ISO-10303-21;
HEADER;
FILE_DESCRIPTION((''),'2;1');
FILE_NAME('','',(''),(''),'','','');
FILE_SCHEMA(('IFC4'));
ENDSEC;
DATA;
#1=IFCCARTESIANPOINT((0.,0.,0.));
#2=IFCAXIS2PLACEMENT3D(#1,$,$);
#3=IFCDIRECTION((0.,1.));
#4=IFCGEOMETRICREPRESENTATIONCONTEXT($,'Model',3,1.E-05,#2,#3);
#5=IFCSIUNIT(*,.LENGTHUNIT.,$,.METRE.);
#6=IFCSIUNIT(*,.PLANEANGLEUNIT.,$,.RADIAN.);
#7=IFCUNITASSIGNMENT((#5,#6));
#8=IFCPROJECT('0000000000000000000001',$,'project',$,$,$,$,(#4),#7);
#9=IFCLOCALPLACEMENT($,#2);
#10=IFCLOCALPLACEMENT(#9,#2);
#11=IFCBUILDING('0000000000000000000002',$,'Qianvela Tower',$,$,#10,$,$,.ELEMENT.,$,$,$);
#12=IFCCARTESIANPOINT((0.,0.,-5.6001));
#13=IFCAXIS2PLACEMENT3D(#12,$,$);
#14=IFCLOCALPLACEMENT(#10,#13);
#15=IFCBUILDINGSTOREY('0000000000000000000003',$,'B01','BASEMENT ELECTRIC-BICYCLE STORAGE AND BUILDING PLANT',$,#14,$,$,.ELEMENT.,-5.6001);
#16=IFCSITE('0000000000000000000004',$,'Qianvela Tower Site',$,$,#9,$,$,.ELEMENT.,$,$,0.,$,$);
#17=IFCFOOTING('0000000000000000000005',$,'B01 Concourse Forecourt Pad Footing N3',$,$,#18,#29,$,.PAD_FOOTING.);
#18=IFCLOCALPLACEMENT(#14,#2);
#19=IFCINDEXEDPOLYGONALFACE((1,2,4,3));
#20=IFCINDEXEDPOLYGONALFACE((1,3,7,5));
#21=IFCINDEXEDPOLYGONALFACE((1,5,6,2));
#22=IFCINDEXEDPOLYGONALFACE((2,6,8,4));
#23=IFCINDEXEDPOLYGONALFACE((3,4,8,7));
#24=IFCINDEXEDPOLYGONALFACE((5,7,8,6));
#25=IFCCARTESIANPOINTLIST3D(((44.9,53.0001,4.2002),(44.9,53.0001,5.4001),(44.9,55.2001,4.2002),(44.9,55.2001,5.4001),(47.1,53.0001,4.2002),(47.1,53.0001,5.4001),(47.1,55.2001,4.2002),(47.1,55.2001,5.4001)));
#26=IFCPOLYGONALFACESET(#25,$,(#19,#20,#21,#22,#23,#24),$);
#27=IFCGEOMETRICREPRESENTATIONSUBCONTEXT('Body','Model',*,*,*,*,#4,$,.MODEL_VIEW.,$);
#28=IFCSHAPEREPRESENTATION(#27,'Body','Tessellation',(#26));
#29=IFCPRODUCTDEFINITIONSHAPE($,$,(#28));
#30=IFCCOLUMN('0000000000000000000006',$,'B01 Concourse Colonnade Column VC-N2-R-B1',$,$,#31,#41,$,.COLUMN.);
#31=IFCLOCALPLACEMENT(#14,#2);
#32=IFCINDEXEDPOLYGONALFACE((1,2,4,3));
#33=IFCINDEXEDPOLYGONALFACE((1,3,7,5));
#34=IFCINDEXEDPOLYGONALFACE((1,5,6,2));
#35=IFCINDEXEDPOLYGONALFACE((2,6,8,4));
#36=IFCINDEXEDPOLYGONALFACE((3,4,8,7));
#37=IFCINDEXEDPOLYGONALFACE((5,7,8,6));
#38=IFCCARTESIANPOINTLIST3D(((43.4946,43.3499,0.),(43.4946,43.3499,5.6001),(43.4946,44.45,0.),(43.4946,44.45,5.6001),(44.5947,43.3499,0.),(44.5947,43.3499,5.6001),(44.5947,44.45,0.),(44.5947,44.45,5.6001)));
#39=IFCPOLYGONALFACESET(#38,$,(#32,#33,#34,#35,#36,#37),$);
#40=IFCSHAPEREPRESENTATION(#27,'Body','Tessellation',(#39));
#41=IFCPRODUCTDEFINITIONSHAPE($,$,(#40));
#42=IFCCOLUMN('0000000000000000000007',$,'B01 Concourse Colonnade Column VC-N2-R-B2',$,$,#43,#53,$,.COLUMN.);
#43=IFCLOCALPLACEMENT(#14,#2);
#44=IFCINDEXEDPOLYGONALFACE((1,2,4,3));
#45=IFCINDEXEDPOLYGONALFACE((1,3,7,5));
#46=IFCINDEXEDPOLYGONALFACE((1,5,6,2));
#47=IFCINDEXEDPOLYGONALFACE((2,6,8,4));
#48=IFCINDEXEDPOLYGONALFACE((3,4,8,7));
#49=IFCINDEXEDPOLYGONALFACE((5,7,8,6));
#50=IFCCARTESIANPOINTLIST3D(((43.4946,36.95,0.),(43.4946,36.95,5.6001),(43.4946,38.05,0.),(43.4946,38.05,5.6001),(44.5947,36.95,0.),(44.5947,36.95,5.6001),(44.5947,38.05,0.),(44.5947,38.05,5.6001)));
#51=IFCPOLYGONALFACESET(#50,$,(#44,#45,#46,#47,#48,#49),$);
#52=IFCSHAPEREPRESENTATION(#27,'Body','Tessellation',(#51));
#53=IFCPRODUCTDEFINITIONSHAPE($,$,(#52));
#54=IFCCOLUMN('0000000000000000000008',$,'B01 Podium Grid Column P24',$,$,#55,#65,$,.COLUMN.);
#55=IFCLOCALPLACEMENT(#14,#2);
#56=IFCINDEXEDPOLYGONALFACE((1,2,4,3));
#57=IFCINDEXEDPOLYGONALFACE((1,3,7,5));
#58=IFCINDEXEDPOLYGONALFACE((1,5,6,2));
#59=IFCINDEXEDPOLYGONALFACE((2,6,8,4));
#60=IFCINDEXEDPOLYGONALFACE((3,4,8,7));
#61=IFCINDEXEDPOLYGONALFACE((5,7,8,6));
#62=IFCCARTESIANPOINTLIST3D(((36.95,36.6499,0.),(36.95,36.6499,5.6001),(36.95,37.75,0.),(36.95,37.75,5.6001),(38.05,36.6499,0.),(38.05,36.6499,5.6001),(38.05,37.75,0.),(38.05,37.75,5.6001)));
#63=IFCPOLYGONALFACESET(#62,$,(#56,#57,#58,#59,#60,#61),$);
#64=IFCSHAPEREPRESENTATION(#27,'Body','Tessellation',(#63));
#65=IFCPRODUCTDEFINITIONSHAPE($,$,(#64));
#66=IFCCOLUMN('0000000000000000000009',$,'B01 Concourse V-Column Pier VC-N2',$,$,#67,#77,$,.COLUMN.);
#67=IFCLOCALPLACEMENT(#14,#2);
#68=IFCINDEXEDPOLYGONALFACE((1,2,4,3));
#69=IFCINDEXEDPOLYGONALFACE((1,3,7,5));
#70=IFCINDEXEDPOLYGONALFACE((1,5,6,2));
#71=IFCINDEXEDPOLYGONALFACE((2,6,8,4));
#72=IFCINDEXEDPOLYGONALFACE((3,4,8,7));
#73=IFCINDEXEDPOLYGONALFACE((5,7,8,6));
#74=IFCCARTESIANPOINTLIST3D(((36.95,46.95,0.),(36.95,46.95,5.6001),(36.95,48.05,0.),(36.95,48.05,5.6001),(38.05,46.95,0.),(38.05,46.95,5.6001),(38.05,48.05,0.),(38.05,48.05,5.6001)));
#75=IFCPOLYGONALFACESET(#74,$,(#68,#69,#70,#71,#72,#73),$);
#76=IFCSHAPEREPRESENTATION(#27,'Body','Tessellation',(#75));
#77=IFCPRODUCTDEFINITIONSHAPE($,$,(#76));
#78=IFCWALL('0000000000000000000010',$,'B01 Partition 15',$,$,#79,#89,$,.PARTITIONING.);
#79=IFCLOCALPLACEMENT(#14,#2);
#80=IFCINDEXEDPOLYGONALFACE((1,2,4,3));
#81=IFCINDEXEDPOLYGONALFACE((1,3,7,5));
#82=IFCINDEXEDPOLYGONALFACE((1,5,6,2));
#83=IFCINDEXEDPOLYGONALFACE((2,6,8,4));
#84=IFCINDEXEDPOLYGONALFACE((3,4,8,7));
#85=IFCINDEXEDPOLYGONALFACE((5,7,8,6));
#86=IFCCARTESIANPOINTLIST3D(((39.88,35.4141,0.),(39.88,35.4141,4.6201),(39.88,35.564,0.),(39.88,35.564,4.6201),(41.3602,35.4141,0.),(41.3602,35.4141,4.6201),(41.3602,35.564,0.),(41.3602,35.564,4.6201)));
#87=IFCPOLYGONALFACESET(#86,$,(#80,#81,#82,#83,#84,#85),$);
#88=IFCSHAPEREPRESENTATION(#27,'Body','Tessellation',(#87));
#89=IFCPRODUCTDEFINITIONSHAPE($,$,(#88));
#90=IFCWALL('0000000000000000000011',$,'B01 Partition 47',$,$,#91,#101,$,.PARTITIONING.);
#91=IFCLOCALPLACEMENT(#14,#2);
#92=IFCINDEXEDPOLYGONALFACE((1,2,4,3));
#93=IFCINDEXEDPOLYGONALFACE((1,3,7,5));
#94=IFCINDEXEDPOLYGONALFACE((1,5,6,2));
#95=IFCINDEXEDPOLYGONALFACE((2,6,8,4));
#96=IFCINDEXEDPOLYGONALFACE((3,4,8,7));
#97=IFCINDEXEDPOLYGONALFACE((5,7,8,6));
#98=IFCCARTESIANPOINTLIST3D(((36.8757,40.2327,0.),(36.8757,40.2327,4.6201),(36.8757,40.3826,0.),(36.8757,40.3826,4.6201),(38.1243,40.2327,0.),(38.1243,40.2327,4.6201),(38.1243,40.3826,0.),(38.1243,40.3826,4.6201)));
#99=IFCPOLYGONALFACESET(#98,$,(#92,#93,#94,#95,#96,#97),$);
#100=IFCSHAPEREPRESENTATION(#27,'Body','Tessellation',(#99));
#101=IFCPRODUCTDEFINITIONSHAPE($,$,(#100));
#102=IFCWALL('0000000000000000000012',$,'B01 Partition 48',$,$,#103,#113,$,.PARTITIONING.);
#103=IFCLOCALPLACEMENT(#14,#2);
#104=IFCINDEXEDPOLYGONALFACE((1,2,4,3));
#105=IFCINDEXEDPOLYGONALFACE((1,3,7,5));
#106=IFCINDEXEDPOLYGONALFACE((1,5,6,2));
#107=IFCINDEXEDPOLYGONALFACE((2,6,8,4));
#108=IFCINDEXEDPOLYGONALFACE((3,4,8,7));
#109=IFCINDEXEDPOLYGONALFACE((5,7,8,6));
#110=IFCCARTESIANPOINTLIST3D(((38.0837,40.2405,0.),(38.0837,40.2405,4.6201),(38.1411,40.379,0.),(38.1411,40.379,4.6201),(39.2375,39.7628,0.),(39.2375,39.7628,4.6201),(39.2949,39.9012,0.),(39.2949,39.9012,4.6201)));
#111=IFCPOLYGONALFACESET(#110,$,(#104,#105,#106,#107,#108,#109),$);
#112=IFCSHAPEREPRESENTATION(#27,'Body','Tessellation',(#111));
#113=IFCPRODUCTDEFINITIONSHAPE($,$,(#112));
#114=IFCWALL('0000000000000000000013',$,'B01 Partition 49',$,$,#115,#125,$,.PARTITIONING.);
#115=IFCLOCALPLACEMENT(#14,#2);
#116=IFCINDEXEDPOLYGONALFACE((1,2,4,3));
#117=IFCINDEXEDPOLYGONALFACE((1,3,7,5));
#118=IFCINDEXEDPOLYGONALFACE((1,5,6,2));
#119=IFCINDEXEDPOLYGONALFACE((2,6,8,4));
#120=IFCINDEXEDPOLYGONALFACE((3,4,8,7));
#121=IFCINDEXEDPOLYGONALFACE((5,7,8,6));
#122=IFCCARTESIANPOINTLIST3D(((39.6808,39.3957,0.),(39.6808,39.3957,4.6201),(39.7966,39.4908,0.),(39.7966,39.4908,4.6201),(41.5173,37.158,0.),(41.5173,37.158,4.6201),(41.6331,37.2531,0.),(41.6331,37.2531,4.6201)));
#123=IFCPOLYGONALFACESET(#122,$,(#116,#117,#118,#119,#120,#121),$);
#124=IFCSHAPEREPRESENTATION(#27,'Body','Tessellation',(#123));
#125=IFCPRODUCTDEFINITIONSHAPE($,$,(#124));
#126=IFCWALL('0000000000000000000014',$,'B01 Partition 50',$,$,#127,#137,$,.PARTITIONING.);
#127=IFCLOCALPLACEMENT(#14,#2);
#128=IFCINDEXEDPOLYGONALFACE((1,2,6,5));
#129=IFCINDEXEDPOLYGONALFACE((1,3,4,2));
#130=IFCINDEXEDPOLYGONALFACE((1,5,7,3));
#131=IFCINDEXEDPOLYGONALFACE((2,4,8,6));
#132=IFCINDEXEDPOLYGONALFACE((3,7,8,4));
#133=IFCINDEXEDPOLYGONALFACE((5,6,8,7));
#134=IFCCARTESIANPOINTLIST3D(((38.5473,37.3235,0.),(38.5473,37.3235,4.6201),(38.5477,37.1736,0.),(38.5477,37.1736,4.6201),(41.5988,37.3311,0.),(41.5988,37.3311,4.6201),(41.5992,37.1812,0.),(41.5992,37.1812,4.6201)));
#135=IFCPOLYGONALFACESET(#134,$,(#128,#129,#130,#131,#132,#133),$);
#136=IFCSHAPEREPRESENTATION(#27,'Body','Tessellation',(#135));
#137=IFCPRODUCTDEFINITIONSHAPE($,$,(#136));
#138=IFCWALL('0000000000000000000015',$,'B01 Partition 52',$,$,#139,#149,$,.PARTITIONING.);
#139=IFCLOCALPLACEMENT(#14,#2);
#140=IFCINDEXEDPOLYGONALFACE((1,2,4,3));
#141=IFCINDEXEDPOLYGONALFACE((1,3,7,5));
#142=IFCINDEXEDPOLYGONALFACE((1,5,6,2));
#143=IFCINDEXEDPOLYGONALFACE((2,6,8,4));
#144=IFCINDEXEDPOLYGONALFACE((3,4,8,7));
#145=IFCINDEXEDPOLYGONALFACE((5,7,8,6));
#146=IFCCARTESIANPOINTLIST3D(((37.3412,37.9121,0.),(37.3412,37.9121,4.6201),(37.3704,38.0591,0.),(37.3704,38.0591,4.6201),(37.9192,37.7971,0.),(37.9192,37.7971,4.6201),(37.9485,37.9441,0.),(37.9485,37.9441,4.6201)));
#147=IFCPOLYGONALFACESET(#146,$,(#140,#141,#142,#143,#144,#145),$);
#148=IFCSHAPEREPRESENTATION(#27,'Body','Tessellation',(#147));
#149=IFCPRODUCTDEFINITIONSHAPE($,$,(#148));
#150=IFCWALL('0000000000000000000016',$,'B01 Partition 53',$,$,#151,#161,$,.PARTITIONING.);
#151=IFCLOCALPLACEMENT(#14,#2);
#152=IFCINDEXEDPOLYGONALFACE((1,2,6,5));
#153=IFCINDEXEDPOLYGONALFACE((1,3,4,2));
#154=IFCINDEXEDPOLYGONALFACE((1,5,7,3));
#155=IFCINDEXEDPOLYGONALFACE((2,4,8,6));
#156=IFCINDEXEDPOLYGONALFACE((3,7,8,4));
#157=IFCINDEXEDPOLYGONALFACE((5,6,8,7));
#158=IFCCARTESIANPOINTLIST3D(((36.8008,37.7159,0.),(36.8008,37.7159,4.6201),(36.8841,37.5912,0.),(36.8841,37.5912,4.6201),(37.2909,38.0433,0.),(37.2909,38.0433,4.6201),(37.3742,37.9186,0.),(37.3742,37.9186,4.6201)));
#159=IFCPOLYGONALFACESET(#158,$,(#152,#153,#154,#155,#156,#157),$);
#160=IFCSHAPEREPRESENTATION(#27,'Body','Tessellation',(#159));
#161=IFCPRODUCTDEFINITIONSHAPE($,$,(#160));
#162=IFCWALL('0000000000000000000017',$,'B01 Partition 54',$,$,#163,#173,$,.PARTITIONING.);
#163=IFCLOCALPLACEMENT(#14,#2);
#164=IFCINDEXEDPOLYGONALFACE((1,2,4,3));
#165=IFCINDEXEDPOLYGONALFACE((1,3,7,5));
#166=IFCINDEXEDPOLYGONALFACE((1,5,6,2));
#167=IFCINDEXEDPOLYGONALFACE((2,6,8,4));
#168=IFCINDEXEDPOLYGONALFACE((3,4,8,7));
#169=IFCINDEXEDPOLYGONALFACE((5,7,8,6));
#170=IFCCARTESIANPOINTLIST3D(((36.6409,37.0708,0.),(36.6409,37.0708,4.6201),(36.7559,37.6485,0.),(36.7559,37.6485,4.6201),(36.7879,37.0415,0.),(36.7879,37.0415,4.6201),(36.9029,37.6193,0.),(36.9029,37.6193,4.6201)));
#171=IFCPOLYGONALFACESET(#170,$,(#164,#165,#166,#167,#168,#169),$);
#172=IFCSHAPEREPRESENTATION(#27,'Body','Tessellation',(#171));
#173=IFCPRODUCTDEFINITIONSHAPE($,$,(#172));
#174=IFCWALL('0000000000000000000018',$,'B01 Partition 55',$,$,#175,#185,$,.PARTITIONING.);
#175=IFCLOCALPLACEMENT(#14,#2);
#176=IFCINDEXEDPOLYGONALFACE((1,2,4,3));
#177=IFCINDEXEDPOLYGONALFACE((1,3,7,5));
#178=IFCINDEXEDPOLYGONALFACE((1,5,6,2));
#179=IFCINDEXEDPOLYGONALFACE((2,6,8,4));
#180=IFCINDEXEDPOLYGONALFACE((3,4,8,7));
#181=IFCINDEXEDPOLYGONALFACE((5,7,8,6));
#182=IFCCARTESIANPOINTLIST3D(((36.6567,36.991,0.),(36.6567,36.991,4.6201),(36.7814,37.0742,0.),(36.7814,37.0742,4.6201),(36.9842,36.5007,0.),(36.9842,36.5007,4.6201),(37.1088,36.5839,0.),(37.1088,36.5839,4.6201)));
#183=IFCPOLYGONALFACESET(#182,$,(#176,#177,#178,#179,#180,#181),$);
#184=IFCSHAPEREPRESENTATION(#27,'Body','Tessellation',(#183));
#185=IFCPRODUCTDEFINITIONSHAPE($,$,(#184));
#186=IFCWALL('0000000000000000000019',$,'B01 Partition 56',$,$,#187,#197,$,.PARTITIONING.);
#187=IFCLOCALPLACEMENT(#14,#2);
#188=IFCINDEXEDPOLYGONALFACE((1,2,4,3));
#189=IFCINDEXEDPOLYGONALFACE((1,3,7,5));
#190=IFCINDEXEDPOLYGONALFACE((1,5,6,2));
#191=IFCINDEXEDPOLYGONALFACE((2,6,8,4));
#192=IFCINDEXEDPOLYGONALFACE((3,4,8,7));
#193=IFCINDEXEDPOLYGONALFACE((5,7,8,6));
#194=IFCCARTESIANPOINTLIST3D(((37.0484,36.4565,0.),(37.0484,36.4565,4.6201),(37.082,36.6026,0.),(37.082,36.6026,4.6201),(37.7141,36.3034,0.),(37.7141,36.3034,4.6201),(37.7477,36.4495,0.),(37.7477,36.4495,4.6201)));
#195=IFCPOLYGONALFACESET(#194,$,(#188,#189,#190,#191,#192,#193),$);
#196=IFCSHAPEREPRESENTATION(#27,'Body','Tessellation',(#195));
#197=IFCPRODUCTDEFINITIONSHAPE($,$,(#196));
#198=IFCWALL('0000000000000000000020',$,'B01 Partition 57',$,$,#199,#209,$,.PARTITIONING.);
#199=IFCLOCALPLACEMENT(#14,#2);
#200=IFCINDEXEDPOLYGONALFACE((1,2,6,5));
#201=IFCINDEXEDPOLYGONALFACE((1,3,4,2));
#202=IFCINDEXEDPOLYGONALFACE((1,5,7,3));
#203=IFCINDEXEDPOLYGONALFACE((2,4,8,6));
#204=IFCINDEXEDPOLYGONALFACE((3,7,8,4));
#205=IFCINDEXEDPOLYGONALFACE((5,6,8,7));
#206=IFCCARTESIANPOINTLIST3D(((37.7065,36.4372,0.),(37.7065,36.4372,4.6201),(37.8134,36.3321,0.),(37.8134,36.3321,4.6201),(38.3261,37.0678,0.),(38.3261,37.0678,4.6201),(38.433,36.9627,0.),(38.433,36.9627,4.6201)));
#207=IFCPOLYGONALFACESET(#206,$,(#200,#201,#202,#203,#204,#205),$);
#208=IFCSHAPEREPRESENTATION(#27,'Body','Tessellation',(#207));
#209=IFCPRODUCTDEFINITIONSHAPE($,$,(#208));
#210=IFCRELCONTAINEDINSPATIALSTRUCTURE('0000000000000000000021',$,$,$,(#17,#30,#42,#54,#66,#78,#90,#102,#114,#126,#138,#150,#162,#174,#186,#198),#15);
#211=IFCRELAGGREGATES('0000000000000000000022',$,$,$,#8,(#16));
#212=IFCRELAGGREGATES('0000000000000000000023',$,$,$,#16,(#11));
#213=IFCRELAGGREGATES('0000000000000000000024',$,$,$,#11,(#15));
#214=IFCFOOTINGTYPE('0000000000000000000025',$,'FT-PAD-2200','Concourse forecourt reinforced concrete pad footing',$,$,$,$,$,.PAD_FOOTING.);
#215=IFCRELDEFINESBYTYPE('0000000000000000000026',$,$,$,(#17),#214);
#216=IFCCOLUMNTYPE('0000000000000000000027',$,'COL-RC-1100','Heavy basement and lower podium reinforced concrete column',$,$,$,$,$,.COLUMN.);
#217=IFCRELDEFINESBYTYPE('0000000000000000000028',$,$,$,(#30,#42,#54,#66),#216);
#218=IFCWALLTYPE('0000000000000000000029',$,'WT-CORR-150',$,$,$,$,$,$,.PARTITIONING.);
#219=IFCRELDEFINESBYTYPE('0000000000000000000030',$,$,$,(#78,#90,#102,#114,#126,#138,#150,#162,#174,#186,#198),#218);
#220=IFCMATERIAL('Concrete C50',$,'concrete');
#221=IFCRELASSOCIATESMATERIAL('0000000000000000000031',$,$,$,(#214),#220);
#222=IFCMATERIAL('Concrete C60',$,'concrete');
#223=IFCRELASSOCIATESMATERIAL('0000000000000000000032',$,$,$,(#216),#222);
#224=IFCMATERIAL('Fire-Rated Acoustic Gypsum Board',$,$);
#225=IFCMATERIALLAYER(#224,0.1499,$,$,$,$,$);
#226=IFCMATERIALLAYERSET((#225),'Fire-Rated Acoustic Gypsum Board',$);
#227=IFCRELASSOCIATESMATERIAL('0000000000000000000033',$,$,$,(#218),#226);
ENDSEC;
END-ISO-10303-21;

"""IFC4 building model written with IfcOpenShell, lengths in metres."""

from ifc_helpers import new_model, si_unit, direction, frame, frame_2d, origin, origin_2d, place, context, subcontext, project, spatial, rectangle, extrude, material, layer, layer_set, material_profile, profile_set, type_object, element, save


model = new_model("IFC4")

# Units and contexts
model_context = context("Model", 3, precision=1e-05, world=origin(), true_north=direction((0.0, 1.0)))
body_context = subcontext(model_context, "Body", "Model", "MODEL_VIEW")
ifc_project = project(units=[si_unit("LENGTHUNIT", "METRE"), si_unit("PLANEANGLEUNIT", "RADIAN")], contexts=[model_context])

# Site, building, storey
site_placement = place(None, origin())
site = spatial("IfcSite", under=ifc_project, at=site_placement, Name="Qianvela Tower Site", CompositionType="ELEMENT", RefElevation=0.0)
building_placement = place(site_placement, origin())
building = spatial("IfcBuilding", under=site, at=building_placement, Name="Qianvela Tower", CompositionType="ELEMENT")
storey_placement = place(building_placement, frame((0.0, 0.0, -5.6001)))
storey = spatial("IfcBuildingStorey", under=building, at=storey_placement, Name="B01", Description="BASEMENT ELECTRIC-BICYCLE STORAGE AND BUILDING PLANT", CompositionType="ELEMENT", Elevation=-5.6001)

# Footing
ifc_material_1 = material(Name="Concrete C50", Category="concrete")
footing_type = type_object("IfcFootingType", Name="FT-PAD-2200", Description="Concourse forecourt reinforced concrete pad footing", PredefinedType="PAD_FOOTING", material=ifc_material_1)
footing_placement = place(storey_placement, frame((46.0, 54.1001, 4.2002), z_axis=(0.0, 0.0, 1.0), x_axis=(1.0, 0.0, 0.0)))
element("IfcFooting", 1, at=footing_placement, inside=storey, type_object=footing_type, Name="B01 Concourse Forecourt Pad Footing N3", PredefinedType="PAD_FOOTING", context=body_context, shape_type="SweptSolid", body=[
    extrude(rectangle(XDim=2.2, YDim=2.2, at=origin_2d()), origin(), (0.0, 0.0, 1.0), 1.2),
])

# Columns
ifc_material_2 = material(Name="Concrete C60", Category="concrete")
ifc_material_profile = material_profile(ifc_material_2, rectangle(XDim=1.1001, YDim=1.1001, at=origin_2d()), Name="RC-COL-1100x1100")
ifc_profile_set = profile_set([ifc_material_profile], Name="Concrete C60")
column_type = type_object("IfcColumnType", Name="COL-RC-1100", Description="Heavy basement and lower podium reinforced concrete column", PredefinedType="COLUMN", material=ifc_profile_set)
for number, where, z_axis, x_axis, name in (
    (2, (44.0447, 43.8999, 0.0), (0.0, 0.0, 1.0), (1.0, 0.0, 0.0), "B01 Concourse Colonnade Column VC-N2-R-B1"),
    (3, (44.0447, 37.5, 0.0), (0.0, 0.0, 1.0), (1.0, 0.0, 0.0), "B01 Concourse Colonnade Column VC-N2-R-B2"),
    (4, (37.5, 37.2, 0.0), (0.0, 0.0, 1.0), (1.0, 0.0, 0.0), "B01 Podium Grid Column P24"),
    (5, (37.5, 47.5, 0.0), (0.0, 0.0, 1.0), (1.0, 0.0, 0.0), "B01 Concourse V-Column Pier VC-N2"),
):
    element("IfcColumn", number, at=place(storey_placement, frame(where, z_axis=z_axis, x_axis=x_axis)), inside=storey, type_object=column_type, Name=name, PredefinedType="COLUMN", context=body_context, shape_type="SweptSolid", body=[
        extrude(rectangle(XDim=1.1001, YDim=1.1001, at=origin_2d()), origin(), (0.0, 0.0, 1.0), 5.6001),
    ])

# Walls
ifc_material_3 = material(Name="Fire-Rated Acoustic Gypsum Board")
ifc_layer_1 = layer(ifc_material_3, 0.1499)
ifc_layer_set_1 = layer_set([ifc_layer_1], Name="Fire-Rated Acoustic Gypsum Board")
wall_type_1 = type_object("IfcWallType", Name="WT-CORR-150", PredefinedType="PARTITIONING", material=ifc_layer_set_1)
wall_1_placement = place(storey_placement, frame((39.8799, 35.489, 0.0), z_axis=(0.0, 0.0, 1.0), x_axis=(1.0, 0.0, 0.0)))
element("IfcWall", 6, at=wall_1_placement, inside=storey, type_object=wall_type_1, Name="B01 Partition 15", PredefinedType="PARTITIONING", context=body_context, shape_type="SweptSolid", body=[
    extrude(rectangle(XDim=1.4802, YDim=0.1499, at=frame_2d((0.7402, 0.0))), origin(), (0.0, 0.0, 1.0), 4.6201),
])
wall_2_placement = place(storey_placement, frame((36.8757, 40.3076, 0.0), z_axis=(0.0, 0.0, 1.0), x_axis=(1.0, 0.0, 0.0)))
element("IfcWall", 7, at=wall_2_placement, inside=storey, type_object=wall_type_1, Name="B01 Partition 47", PredefinedType="PARTITIONING", context=body_context, shape_type="SweptSolid", body=[
    extrude(rectangle(XDim=1.2485, YDim=0.1499, at=frame_2d((0.6243, 0.0))), origin(), (0.0, 0.0, 1.0), 4.6201),
])
wall_3_placement = place(storey_placement, frame((38.1123, 40.3098, 0.0), z_axis=(0.0, 0.0, 1.0), x_axis=(0.923919, -0.382588, 0.0)))
element("IfcWall", 8, at=wall_3_placement, inside=storey, type_object=wall_type_1, Name="B01 Partition 48", PredefinedType="PARTITIONING", context=body_context, shape_type="SweptSolid", body=[
    extrude(rectangle(XDim=1.2488, YDim=0.1499, at=frame_2d((0.6245, 0.0))), origin(), (0.0, 0.0, 1.0), 4.6201),
])
wall_4_placement = place(storey_placement, frame((39.7388, 39.4431, 0.0), z_axis=(0.0, 0.0, 1.0), x_axis=(0.634417, -0.772991, 0.0)))
element("IfcWall", 9, at=wall_4_placement, inside=storey, type_object=wall_type_1, Name="B01 Partition 49", PredefinedType="PARTITIONING", context=body_context, shape_type="SweptSolid", body=[
    extrude(rectangle(XDim=2.8948, YDim=0.1499, at=frame_2d((1.4473, 0.0))), origin(), (0.0, 0.0, 1.0), 4.6201),
])
wall_5_placement = place(storey_placement, frame((41.5991, 37.2561, 0.0), z_axis=(0.0, 0.0, 1.0), x_axis=(-0.999997, -0.00248, 0.0)))
element("IfcWall", 10, at=wall_5_placement, inside=storey, type_object=wall_type_1, Name="B01 Partition 50", PredefinedType="PARTITIONING", context=body_context, shape_type="SweptSolid", body=[
    extrude(rectangle(XDim=3.0515, YDim=0.1499, at=frame_2d((1.5259, 0.0))), origin(), (0.0, 0.0, 1.0), 4.6201),
])
for number, where, z_axis, x_axis, name in (
    (11, (37.9338, 37.8706, 0.0), (0.0, 0.0, 1.0), (-0.980787, 0.195081, 0.0), "B01 Partition 52"),
    (12, (37.3325, 37.981, 0.0), (0.0, 0.0, 1.0), (-0.831476, -0.55556, 0.0), "B01 Partition 53"),
):
    element("IfcWall", number, at=place(storey_placement, frame(where, z_axis=z_axis, x_axis=x_axis)), inside=storey, type_object=wall_type_1, Name=name, PredefinedType="PARTITIONING", context=body_context, shape_type="SweptSolid", body=[
        extrude(rectangle(XDim=0.5894, YDim=0.1499, at=frame_2d((0.2947, 0.0))), origin(), (0.0, 0.0, 1.0), 4.6201),
    ])
wall_6_placement = place(storey_placement, frame((36.8293, 37.6338, 0.0), z_axis=(0.0, 0.0, 1.0), x_axis=(-0.19516, -0.980771, 0.0)))
element("IfcWall", 13, at=wall_6_placement, inside=storey, type_object=wall_type_1, Name="B01 Partition 54", PredefinedType="PARTITIONING", context=body_context, shape_type="SweptSolid", body=[
    extrude(rectangle(XDim=0.5891, YDim=0.1499, at=frame_2d((0.2944, 0.0))), origin(), (0.0, 0.0, 1.0), 4.6201),
])
wall_7_placement = place(storey_placement, frame((36.719, 37.0327, 0.0), z_axis=(0.0, 0.0, 1.0), x_axis=(0.555369, -0.831604, 0.0)))
element("IfcWall", 14, at=wall_7_placement, inside=storey, type_object=wall_type_1, Name="B01 Partition 55", PredefinedType="PARTITIONING", context=body_context, shape_type="SweptSolid", body=[
    extrude(rectangle(XDim=0.5896, YDim=0.1499, at=frame_2d((0.2949, 0.0))), origin(), (0.0, 0.0, 1.0), 4.6201),
])
wall_8_placement = place(storey_placement, frame((37.0652, 36.5295, 0.0), z_axis=(0.0, 0.0, 1.0), x_axis=(0.974572, -0.224076, 0.0)))
element("IfcWall", 15, at=wall_8_placement, inside=storey, type_object=wall_type_1, Name="B01 Partition 56", PredefinedType="PARTITIONING", context=body_context, shape_type="SweptSolid", body=[
    extrude(rectangle(XDim=0.6831, YDim=0.1499, at=frame_2d((0.3416, 0.0))), origin(), (0.0, 0.0, 1.0), 4.6201),
])
wall_9_placement = place(storey_placement, frame((37.76, 36.3848, 0.0), z_axis=(0.0, 0.0, 1.0), x_axis=(0.700866, 0.713293, 0.0)))
element("IfcWall", 16, at=wall_9_placement, inside=storey, type_object=wall_type_1, Name="B01 Partition 57", PredefinedType="PARTITIONING", context=body_context, shape_type="SweptSolid", body=[
    extrude(rectangle(XDim=0.884, YDim=0.1499, at=frame_2d((0.4419, 0.0))), origin(), (0.0, 0.0, 1.0), 4.6201),
])

save(model, "model.ifc")
